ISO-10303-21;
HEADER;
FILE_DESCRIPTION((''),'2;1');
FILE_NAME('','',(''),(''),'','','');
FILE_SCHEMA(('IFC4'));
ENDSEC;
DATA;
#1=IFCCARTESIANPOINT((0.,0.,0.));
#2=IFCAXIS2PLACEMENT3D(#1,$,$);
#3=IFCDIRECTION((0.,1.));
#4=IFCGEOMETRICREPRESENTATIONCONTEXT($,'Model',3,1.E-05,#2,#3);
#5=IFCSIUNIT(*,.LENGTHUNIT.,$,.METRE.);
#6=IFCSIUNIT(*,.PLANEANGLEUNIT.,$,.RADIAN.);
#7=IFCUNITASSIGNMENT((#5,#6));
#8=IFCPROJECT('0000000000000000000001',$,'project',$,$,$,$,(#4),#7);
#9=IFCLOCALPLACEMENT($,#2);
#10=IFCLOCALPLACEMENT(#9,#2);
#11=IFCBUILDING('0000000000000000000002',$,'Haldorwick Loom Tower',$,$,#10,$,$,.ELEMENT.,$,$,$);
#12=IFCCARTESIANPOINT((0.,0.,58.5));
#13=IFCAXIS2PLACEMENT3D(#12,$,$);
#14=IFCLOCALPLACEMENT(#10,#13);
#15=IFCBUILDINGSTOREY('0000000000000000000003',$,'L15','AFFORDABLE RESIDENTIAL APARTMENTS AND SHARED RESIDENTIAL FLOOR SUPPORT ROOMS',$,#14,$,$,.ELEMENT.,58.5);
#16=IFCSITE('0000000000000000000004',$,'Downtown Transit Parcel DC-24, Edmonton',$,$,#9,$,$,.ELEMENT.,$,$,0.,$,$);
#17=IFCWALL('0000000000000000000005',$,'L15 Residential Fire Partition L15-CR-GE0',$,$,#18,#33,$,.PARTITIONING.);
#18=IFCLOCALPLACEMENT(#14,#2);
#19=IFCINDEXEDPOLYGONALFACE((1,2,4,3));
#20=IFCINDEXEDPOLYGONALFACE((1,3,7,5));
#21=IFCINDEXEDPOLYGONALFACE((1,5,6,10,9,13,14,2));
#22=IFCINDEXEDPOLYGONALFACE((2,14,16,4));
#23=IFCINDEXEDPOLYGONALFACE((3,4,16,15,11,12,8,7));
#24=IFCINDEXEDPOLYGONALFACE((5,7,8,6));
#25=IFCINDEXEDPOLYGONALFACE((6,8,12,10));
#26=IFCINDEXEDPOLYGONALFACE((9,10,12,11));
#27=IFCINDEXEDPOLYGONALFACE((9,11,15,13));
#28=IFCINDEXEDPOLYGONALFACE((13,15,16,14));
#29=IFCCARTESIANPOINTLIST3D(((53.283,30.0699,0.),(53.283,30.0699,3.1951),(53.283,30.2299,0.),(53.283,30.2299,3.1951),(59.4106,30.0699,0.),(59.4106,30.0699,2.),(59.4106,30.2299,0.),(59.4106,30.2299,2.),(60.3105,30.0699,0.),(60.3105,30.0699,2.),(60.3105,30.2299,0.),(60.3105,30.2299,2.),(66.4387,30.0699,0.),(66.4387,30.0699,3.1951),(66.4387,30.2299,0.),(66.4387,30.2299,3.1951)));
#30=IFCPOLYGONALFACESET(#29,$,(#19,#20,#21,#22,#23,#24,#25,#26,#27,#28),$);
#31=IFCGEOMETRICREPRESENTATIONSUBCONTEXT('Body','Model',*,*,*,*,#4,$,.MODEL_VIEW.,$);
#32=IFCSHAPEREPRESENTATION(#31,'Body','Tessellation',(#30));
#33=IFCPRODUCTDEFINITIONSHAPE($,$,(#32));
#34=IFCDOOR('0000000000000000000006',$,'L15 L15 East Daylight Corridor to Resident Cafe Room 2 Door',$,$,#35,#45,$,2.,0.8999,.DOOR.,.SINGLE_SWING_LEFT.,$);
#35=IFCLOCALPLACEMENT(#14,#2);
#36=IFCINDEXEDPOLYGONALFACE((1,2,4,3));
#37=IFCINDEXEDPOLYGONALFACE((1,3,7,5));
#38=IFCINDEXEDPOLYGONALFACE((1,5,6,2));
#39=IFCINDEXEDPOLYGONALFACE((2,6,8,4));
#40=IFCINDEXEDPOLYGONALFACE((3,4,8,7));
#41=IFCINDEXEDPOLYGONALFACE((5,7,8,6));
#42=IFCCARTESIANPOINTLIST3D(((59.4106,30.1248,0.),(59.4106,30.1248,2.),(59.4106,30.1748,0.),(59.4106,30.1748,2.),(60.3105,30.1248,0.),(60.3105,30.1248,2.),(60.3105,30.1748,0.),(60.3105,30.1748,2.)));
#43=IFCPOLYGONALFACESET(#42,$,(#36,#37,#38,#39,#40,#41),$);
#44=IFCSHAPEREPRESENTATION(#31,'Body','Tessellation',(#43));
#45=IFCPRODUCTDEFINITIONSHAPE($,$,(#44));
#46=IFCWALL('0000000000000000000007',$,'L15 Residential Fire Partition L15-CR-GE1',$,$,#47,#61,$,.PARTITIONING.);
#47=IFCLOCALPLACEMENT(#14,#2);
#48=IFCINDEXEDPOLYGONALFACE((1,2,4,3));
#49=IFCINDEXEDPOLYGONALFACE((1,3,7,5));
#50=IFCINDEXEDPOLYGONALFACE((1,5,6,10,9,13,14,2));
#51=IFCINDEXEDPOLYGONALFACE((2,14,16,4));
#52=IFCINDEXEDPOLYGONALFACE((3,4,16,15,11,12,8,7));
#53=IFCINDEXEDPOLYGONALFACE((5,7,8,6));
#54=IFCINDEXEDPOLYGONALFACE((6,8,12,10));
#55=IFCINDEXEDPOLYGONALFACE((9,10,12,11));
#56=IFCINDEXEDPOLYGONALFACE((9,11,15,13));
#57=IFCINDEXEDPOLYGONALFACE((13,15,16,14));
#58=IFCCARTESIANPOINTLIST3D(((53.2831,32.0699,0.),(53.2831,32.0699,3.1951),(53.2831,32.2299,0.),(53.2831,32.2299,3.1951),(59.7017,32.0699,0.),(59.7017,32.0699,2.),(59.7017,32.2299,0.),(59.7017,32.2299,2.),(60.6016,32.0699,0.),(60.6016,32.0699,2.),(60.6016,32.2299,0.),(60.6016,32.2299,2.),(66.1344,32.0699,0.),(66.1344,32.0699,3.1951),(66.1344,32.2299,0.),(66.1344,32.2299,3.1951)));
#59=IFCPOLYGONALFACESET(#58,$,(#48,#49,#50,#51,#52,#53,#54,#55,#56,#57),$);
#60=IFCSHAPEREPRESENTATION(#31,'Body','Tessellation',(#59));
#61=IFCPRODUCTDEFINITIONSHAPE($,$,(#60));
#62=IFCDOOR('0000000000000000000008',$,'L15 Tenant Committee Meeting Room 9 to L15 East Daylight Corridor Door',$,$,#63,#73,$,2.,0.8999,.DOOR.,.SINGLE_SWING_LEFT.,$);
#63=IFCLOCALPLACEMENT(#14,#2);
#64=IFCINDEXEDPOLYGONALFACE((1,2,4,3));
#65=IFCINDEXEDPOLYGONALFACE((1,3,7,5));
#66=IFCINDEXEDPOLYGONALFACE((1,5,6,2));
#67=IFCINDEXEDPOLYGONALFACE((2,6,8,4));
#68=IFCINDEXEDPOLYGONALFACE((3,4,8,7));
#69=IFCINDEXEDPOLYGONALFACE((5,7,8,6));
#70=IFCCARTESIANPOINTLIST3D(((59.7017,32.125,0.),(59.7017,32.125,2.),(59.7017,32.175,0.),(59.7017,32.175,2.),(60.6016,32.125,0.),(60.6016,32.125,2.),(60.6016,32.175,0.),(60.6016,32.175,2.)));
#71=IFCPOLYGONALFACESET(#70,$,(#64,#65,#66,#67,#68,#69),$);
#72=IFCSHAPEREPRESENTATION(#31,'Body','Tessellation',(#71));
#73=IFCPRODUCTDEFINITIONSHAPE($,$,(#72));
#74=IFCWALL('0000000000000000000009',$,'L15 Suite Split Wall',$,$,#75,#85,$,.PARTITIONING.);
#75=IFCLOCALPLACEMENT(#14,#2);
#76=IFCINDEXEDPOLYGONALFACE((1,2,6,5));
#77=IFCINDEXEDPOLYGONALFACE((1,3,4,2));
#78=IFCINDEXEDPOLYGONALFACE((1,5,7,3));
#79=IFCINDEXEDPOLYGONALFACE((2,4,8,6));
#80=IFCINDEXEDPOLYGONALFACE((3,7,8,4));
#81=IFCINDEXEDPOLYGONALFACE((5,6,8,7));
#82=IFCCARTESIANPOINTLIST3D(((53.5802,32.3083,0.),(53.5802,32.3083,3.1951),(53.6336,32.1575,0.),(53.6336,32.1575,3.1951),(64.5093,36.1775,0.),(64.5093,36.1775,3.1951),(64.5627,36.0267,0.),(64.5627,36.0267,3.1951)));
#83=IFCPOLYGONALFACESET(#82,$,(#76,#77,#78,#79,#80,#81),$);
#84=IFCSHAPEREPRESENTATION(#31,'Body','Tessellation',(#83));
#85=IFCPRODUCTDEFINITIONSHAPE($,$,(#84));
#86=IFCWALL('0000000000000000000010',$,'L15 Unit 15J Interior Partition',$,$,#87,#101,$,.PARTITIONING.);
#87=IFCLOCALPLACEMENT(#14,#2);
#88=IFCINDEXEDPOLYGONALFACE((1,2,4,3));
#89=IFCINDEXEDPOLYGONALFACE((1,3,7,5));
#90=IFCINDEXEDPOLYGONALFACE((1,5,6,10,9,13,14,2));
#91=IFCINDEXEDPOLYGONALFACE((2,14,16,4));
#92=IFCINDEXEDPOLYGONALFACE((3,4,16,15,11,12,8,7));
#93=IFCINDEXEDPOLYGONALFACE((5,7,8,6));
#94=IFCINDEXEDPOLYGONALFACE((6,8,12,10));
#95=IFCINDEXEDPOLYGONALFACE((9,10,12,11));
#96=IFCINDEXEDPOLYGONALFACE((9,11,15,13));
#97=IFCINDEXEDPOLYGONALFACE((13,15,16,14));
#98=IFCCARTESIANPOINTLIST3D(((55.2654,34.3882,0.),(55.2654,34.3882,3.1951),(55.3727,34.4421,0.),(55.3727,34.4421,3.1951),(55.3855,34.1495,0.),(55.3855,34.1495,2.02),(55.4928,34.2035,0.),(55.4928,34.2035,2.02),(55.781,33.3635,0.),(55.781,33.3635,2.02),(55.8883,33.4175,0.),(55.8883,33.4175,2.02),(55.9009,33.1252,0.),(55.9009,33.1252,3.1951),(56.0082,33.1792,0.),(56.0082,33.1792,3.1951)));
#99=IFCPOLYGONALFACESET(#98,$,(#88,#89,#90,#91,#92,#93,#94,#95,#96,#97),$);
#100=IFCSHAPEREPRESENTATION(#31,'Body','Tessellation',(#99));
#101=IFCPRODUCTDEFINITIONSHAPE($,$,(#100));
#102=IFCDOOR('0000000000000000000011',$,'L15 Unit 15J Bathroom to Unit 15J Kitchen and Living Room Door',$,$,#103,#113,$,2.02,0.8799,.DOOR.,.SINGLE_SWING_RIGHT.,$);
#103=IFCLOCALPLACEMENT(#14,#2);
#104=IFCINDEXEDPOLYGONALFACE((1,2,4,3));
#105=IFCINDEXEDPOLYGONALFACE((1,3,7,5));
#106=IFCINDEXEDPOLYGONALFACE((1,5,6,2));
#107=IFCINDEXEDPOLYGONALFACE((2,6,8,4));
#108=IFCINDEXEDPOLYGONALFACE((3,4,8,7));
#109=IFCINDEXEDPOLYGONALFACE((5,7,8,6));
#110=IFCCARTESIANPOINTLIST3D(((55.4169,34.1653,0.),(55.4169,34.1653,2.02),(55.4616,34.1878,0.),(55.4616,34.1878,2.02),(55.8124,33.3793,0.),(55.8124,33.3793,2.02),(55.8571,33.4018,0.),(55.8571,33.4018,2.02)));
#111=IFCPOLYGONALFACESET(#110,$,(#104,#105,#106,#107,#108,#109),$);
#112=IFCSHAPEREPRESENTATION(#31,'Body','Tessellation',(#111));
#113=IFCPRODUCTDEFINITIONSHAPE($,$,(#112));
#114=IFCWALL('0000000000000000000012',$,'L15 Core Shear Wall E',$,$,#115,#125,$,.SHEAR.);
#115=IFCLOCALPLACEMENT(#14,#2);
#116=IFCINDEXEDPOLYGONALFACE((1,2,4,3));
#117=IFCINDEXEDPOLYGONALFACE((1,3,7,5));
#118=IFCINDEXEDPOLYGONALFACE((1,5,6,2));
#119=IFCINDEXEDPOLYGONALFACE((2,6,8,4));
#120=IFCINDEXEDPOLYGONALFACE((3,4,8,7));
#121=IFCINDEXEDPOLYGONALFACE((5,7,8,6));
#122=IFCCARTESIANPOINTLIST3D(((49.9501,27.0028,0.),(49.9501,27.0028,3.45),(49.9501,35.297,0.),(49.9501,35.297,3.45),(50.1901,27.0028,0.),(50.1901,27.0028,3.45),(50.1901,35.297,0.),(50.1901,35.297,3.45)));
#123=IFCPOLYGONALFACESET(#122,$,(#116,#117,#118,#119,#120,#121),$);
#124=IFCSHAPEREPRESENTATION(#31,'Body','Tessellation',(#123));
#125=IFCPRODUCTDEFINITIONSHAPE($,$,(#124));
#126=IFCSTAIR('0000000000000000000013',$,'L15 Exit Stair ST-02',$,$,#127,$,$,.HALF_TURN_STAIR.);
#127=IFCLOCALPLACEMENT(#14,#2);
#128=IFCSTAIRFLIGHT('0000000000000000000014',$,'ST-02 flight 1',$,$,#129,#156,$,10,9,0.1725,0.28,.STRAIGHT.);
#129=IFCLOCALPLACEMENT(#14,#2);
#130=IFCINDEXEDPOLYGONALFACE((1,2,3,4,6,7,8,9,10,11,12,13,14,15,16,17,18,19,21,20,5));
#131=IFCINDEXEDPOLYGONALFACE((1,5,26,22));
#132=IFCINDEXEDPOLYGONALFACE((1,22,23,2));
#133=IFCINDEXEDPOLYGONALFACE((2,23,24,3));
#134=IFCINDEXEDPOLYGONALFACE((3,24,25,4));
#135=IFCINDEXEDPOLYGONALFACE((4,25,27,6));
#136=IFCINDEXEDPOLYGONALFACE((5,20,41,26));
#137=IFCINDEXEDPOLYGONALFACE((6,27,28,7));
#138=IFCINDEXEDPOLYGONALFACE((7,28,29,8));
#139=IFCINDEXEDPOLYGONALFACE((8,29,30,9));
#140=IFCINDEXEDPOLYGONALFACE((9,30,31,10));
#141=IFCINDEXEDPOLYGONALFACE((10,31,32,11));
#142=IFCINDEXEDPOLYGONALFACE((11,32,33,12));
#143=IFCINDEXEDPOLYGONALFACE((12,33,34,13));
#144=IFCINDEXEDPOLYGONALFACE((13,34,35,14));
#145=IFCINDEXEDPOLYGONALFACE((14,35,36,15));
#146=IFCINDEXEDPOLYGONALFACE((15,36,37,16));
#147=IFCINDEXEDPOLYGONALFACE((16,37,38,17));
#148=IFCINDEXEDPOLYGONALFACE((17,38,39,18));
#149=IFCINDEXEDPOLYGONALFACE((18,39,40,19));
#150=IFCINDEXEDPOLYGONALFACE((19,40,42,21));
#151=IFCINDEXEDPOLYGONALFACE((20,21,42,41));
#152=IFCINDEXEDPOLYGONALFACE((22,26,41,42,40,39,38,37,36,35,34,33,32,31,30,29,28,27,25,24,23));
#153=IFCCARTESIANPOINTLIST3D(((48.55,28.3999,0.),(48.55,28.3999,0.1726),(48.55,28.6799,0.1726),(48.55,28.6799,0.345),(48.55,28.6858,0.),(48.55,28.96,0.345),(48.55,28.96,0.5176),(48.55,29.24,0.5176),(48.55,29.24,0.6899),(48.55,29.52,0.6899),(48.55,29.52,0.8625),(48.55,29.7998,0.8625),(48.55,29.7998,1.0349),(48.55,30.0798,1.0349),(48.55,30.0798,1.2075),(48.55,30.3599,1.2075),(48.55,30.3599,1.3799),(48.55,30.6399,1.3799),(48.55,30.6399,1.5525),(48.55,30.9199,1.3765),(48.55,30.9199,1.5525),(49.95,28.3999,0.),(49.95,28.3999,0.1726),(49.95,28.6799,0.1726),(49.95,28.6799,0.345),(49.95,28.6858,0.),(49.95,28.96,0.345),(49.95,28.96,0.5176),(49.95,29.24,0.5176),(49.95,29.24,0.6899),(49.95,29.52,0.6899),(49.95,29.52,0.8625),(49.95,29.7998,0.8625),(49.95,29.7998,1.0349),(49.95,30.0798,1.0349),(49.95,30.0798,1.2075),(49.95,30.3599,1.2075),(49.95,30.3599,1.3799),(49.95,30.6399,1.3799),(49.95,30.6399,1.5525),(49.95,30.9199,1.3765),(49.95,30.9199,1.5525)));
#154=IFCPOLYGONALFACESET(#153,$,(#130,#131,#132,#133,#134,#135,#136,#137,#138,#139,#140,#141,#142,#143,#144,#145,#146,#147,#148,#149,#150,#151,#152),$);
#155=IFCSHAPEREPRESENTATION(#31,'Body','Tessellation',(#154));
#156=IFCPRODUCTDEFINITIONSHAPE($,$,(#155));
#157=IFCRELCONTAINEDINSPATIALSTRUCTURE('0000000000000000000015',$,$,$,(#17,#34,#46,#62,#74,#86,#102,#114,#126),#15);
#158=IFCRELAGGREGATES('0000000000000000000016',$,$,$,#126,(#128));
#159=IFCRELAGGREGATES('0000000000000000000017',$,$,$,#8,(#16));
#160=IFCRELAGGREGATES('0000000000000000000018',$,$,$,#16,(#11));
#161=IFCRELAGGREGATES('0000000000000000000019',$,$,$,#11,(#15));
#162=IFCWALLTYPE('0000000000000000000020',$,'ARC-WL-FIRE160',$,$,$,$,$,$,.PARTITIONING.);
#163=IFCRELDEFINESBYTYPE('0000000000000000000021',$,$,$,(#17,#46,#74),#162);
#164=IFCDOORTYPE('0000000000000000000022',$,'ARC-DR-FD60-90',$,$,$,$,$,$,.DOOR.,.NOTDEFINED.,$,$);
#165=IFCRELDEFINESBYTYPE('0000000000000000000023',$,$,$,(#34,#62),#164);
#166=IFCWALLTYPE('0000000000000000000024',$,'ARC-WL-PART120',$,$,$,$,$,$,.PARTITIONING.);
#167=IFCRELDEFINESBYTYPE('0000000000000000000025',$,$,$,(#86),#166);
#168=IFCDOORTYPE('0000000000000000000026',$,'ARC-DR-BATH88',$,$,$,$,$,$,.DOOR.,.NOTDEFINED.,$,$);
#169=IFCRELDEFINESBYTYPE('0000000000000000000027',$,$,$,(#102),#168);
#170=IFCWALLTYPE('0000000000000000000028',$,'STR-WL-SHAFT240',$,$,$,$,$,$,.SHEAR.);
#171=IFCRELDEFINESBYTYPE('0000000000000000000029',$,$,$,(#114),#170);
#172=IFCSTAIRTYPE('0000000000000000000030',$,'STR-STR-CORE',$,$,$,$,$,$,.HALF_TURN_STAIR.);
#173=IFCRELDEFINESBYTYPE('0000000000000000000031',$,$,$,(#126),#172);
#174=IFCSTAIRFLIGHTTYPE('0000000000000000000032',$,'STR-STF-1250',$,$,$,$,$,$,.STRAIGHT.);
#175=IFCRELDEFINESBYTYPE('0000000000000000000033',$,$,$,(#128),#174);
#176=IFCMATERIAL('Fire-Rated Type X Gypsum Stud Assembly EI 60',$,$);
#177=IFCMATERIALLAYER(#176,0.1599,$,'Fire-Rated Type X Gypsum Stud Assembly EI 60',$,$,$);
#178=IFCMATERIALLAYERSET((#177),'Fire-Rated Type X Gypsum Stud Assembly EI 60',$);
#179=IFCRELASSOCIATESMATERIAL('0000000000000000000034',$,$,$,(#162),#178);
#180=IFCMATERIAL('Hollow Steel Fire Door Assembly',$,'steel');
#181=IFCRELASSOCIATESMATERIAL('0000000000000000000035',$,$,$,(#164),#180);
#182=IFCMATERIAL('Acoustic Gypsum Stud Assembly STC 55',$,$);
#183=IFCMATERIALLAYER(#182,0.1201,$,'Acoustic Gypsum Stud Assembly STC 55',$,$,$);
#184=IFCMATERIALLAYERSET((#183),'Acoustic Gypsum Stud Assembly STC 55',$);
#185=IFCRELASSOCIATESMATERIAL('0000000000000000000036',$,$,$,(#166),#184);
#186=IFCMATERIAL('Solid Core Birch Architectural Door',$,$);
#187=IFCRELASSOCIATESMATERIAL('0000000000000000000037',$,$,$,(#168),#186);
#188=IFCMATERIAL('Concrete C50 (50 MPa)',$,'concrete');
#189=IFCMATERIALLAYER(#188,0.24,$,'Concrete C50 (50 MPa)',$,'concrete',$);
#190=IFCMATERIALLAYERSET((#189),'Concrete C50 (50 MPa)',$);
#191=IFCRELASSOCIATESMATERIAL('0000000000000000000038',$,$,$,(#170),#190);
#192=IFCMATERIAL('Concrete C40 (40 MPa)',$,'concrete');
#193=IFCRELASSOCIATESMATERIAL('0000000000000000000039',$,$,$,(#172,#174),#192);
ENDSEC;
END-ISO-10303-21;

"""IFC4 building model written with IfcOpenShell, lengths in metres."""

from ifc_helpers import new_model, si_unit, direction, frame, frame_2d, origin, place, context, subcontext, project, spatial, polyline, rectangle, outline, extrude, material, layer, layer_set, type_object, element, fill, aggregate, save


model = new_model("IFC4")

# Units and contexts
model_context = context("Model", 3, precision=1e-05, world=origin(), true_north=direction((0.0, 1.0)))
body_context = subcontext(model_context, "Body", "Model", "MODEL_VIEW")
ifc_project = project(units=[si_unit("LENGTHUNIT", "METRE"), si_unit("PLANEANGLEUNIT", "RADIAN")], contexts=[model_context])

# Site, building, storey
site_placement = place(None, origin())
site = spatial("IfcSite", under=ifc_project, at=site_placement, Name="Downtown Transit Parcel DC-24, Edmonton", CompositionType="ELEMENT", RefElevation=0.0)
building_placement = place(site_placement, origin())
building = spatial("IfcBuilding", under=site, at=building_placement, Name="Haldorwick Loom Tower", CompositionType="ELEMENT")
storey_placement = place(building_placement, frame((0.0, 0.0, 58.5)))
storey = spatial("IfcBuildingStorey", under=building, at=storey_placement, Name="L15", Description="AFFORDABLE RESIDENTIAL APARTMENTS AND SHARED RESIDENTIAL FLOOR SUPPORT ROOMS", CompositionType="ELEMENT", Elevation=58.5)

# Walls, openings, doors
ifc_material_1 = material(Name="Fire-Rated Type X Gypsum Stud Assembly EI 60")
ifc_layer_1 = layer(ifc_material_1, 0.1599, Name="Fire-Rated Type X Gypsum Stud Assembly EI 60")
ifc_layer_set_1 = layer_set([ifc_layer_1], Name="Fire-Rated Type X Gypsum Stud Assembly EI 60")
wall_type_1 = type_object("IfcWallType", Name="ARC-WL-FIRE160", PredefinedType="PARTITIONING", material=ifc_layer_set_1)
wall_1_placement = place(storey_placement, frame((53.283, 30.1499, 0.0), z_axis=(0.0, 0.0, 1.0), x_axis=(1.0, 0.0, 0.0)))
wall_1 = element("IfcWall", 1, at=wall_1_placement, inside=storey, type_object=wall_type_1, Name="L15 Residential Fire Partition L15-CR-GE0", PredefinedType="PARTITIONING", context=body_context, shape_type="SweptSolid", body=[
    extrude(rectangle(XDim=13.1558, YDim=0.1599, at=frame_2d((6.5779, 0.0))), origin(), (0.0, 0.0, 1.0), 3.1951),
])
opening_1_placement = place(wall_1_placement, frame((6.1277, 0.0, 0.0)))
opening_1 = element("IfcOpeningElement", 2, at=opening_1_placement, cuts=wall_1, PredefinedType="OPENING", context=body_context, shape_type="SweptSolid", body=[
    extrude(rectangle(XDim=0.8999, YDim=2.0, at=frame_2d((0.45, 1.0))), frame((0.0, 0.0898, 0.0), z_axis=(0.0, -1.0, 0.0), x_axis=(1.0, 0.0, 0.0)), (0.0, 0.0, 1.0), 0.1799),
])
ifc_material_2 = material(Name="Hollow Steel Fire Door Assembly", Category="steel")
door_type_1 = type_object("IfcDoorType", Name="ARC-DR-FD60-90", OperationType="NOTDEFINED", PredefinedType="DOOR", material=ifc_material_2)
door_1_placement = place(opening_1_placement, origin())
door_1 = element("IfcDoor", 3, at=door_1_placement, inside=storey, type_object=door_type_1, Name="L15 L15 East Daylight Corridor to Resident Cafe Room 2 Door", OperationType="SINGLE_SWING_LEFT", OverallHeight=2.0, OverallWidth=0.8999, PredefinedType="DOOR", context=body_context, shape_type="SweptSolid", body=[
    extrude(rectangle(XDim=0.8999, YDim=2.0, at=frame_2d((0.45, 1.0))), frame((0.0, 0.0249, 0.0), z_axis=(0.0, -1.0, 0.0), x_axis=(1.0, 0.0, 0.0)), (0.0, 0.0, 1.0), 0.05),
])
fill(opening_1, door_1)
wall_2_placement = place(storey_placement, frame((53.283, 32.1499, 0.0), z_axis=(0.0, 0.0, 1.0), x_axis=(1.0, 0.0, 0.0)))
wall_2 = element("IfcWall", 4, at=wall_2_placement, inside=storey, type_object=wall_type_1, Name="L15 Residential Fire Partition L15-CR-GE1", PredefinedType="PARTITIONING", context=body_context, shape_type="SweptSolid", body=[
    extrude(rectangle(XDim=12.8513, YDim=0.1599, at=frame_2d((6.4258, 0.0))), origin(), (0.0, 0.0, 1.0), 3.1951),
])
opening_2_placement = place(wall_2_placement, frame((6.4187, 0.0, 0.0)))
opening_2 = element("IfcOpeningElement", 5, at=opening_2_placement, cuts=wall_2, PredefinedType="OPENING", context=body_context, shape_type="SweptSolid", body=[
    extrude(rectangle(XDim=0.8999, YDim=2.0, at=frame_2d((0.45, 1.0))), frame((0.0, 0.0898, 0.0), z_axis=(0.0, -1.0, 0.0), x_axis=(1.0, 0.0, 0.0)), (0.0, 0.0, 1.0), 0.1799),
])
door_2_placement = place(opening_2_placement, frame((0.8999, 0.0, 0.0), z_axis=(0.0, 0.0, 1.0), x_axis=(-1.0, 0.0, 0.0)))
door_2 = element("IfcDoor", 6, at=door_2_placement, inside=storey, type_object=door_type_1, Name="L15 Tenant Committee Meeting Room 9 to L15 East Daylight Corridor Door", OperationType="SINGLE_SWING_LEFT", OverallHeight=2.0, OverallWidth=0.8999, PredefinedType="DOOR", context=body_context, shape_type="SweptSolid", body=[
    extrude(rectangle(XDim=0.8999, YDim=2.0, at=frame_2d((0.45, 1.0))), frame((0.0, 0.0249, 0.0), z_axis=(0.0, -1.0, 0.0), x_axis=(1.0, 0.0, 0.0)), (0.0, 0.0, 1.0), 0.05),
])
fill(opening_2, door_2)

# Wall
wall_3_placement = place(storey_placement, frame((53.6069, 32.2329, 0.0), z_axis=(0.0, 0.0, 1.0), x_axis=(0.942669, 0.33373, 0.0)))
element("IfcWall", 7, at=wall_3_placement, inside=storey, type_object=wall_type_1, Name="L15 Suite Split Wall", PredefinedType="PARTITIONING", context=body_context, shape_type="SweptSolid", body=[
    extrude(rectangle(XDim=11.5938, YDim=0.1599, at=frame_2d((5.7969, 0.0))), origin(), (0.0, 0.0, 1.0), 3.1951),
])

# Wall, opening, door
ifc_material_3 = material(Name="Acoustic Gypsum Stud Assembly STC 55")
ifc_layer_2 = layer(ifc_material_3, 0.1201, Name="Acoustic Gypsum Stud Assembly STC 55")
ifc_layer_set_2 = layer_set([ifc_layer_2], Name="Acoustic Gypsum Stud Assembly STC 55")
wall_type_2 = type_object("IfcWallType", Name="ARC-WL-PART120", PredefinedType="PARTITIONING", material=ifc_layer_set_2)
wall_4_placement = place(storey_placement, frame((55.9546, 33.1521, 0.0), z_axis=(0.0, 0.0, 1.0), x_axis=(-0.449492, 0.893285, 0.0)))
wall_4 = element("IfcWall", 8, at=wall_4_placement, inside=storey, type_object=wall_type_2, Name="L15 Unit 15J Interior Partition", PredefinedType="PARTITIONING", context=body_context, shape_type="SweptSolid", body=[
    extrude(rectangle(XDim=1.4138, YDim=0.1201, at=frame_2d((0.707, 0.0))), origin(), (0.0, 0.0, 1.0), 3.1951),
])
opening_3_placement = place(wall_4_placement, frame((0.2668, 0.0, 0.0)))
opening_3 = element("IfcOpeningElement", 9, at=opening_3_placement, cuts=wall_4, PredefinedType="OPENING", context=body_context, shape_type="SweptSolid", body=[
    extrude(rectangle(XDim=0.8799, YDim=2.02, at=frame_2d((0.4399, 1.01))), frame((0.0, 0.0701, 0.0), z_axis=(0.0, -1.0, 0.0), x_axis=(1.0, 0.0, 0.0)), (0.0, 0.0, 1.0), 0.1401),
])
ifc_material_4 = material(Name="Solid Core Birch Architectural Door")
door_type_2 = type_object("IfcDoorType", Name="ARC-DR-BATH88", OperationType="NOTDEFINED", PredefinedType="DOOR", material=ifc_material_4)
door_3_placement = place(opening_3_placement, origin())
door_3 = element("IfcDoor", 10, at=door_3_placement, inside=storey, type_object=door_type_2, Name="L15 Unit 15J Bathroom to Unit 15J Kitchen and Living Room Door", OperationType="SINGLE_SWING_RIGHT", OverallHeight=2.02, OverallWidth=0.8799, PredefinedType="DOOR", context=body_context, shape_type="SweptSolid", body=[
    extrude(rectangle(XDim=0.8799, YDim=2.02, at=frame_2d((0.4399, 1.01))), frame((0.0, 0.0249, 0.0), z_axis=(0.0, -1.0, 0.0), x_axis=(1.0, 0.0, 0.0)), (0.0, 0.0, 1.0), 0.05),
])
fill(opening_3, door_3)

# Wall
ifc_material_5 = material(Name="Concrete C50 (50 MPa)", Category="concrete")
ifc_layer_3 = layer(ifc_material_5, 0.24, Name="Concrete C50 (50 MPa)", Category="concrete")
ifc_layer_set_3 = layer_set([ifc_layer_3], Name="Concrete C50 (50 MPa)")
wall_type_3 = type_object("IfcWallType", Name="STR-WL-SHAFT240", PredefinedType="SHEAR", material=ifc_layer_set_3)
wall_5_placement = place(storey_placement, frame((50.0701, 27.0029, 0.0), z_axis=(0.0, 0.0, 1.0), x_axis=(0.0, 1.0, 0.0)))
element("IfcWall", 11, at=wall_5_placement, inside=storey, type_object=wall_type_3, Name="L15 Core Shear Wall E", PredefinedType="SHEAR", context=body_context, shape_type="SweptSolid", body=[
    extrude(rectangle(XDim=8.2942, YDim=0.24, at=frame_2d((4.147, 0.0))), origin(), (0.0, 0.0, 1.0), 3.45),
])

# Stair, stair flight
ifc_material_6 = material(Name="Concrete C40 (40 MPa)", Category="concrete")
stair_type = type_object("IfcStairType", Name="STR-STR-CORE", PredefinedType="HALF_TURN_STAIR", material=ifc_material_6)
stair_placement = place(storey_placement, origin())
stair = element("IfcStair", 12, at=stair_placement, inside=storey, type_object=stair_type, Name="L15 Exit Stair ST-02", PredefinedType="HALF_TURN_STAIR")
stair_flight_type = type_object("IfcStairFlightType", Name="STR-STF-1250", PredefinedType="STRAIGHT", material=ifc_material_6)
stair_flight_1_placement = place(storey_placement, frame((49.25, 28.3999, 0.0), z_axis=(0.0, 0.0, 1.0), x_axis=(0.0, 1.0, 0.0)))
stair_flight_1 = element("IfcStairFlight", 13, at=stair_flight_1_placement, type_object=stair_flight_type, Name="ST-02 flight 1", NumberOfRisers=10, NumberOfTreads=9, PredefinedType="STRAIGHT", RiserHeight=0.1725, TreadLength=0.28, context=body_context, shape_type="SweptSolid", body=[
    extrude(outline(polyline([(0.0, 0.0), (0.0, 0.1726), (0.28, 0.1726), (0.28, 0.345), (0.5601, 0.345), (0.5601, 0.5176), (0.8401, 0.5176), (0.8401, 0.6899), (1.1201, 0.6899), (1.1201, 0.8625), (1.3999, 0.8625), (1.3999, 1.0349), (1.6799, 1.0349), (1.6799, 1.2075), (1.96, 1.2075), (1.96, 1.3799), (2.24, 1.3799), (2.24, 1.5525), (2.52, 1.5525), (2.52, 1.7251), (2.52, 1.3765), (0.2859, 0.0), (0.0, 0.0)])), frame((0.0, 0.7, 0.0), z_axis=(0.0, -1.0, 0.0), x_axis=(1.0, 0.0, 0.0)), (0.0, 0.0, 1.0), 1.3999),
])
aggregate(stair, [stair_flight_1])

save(model, "model.ifc")
